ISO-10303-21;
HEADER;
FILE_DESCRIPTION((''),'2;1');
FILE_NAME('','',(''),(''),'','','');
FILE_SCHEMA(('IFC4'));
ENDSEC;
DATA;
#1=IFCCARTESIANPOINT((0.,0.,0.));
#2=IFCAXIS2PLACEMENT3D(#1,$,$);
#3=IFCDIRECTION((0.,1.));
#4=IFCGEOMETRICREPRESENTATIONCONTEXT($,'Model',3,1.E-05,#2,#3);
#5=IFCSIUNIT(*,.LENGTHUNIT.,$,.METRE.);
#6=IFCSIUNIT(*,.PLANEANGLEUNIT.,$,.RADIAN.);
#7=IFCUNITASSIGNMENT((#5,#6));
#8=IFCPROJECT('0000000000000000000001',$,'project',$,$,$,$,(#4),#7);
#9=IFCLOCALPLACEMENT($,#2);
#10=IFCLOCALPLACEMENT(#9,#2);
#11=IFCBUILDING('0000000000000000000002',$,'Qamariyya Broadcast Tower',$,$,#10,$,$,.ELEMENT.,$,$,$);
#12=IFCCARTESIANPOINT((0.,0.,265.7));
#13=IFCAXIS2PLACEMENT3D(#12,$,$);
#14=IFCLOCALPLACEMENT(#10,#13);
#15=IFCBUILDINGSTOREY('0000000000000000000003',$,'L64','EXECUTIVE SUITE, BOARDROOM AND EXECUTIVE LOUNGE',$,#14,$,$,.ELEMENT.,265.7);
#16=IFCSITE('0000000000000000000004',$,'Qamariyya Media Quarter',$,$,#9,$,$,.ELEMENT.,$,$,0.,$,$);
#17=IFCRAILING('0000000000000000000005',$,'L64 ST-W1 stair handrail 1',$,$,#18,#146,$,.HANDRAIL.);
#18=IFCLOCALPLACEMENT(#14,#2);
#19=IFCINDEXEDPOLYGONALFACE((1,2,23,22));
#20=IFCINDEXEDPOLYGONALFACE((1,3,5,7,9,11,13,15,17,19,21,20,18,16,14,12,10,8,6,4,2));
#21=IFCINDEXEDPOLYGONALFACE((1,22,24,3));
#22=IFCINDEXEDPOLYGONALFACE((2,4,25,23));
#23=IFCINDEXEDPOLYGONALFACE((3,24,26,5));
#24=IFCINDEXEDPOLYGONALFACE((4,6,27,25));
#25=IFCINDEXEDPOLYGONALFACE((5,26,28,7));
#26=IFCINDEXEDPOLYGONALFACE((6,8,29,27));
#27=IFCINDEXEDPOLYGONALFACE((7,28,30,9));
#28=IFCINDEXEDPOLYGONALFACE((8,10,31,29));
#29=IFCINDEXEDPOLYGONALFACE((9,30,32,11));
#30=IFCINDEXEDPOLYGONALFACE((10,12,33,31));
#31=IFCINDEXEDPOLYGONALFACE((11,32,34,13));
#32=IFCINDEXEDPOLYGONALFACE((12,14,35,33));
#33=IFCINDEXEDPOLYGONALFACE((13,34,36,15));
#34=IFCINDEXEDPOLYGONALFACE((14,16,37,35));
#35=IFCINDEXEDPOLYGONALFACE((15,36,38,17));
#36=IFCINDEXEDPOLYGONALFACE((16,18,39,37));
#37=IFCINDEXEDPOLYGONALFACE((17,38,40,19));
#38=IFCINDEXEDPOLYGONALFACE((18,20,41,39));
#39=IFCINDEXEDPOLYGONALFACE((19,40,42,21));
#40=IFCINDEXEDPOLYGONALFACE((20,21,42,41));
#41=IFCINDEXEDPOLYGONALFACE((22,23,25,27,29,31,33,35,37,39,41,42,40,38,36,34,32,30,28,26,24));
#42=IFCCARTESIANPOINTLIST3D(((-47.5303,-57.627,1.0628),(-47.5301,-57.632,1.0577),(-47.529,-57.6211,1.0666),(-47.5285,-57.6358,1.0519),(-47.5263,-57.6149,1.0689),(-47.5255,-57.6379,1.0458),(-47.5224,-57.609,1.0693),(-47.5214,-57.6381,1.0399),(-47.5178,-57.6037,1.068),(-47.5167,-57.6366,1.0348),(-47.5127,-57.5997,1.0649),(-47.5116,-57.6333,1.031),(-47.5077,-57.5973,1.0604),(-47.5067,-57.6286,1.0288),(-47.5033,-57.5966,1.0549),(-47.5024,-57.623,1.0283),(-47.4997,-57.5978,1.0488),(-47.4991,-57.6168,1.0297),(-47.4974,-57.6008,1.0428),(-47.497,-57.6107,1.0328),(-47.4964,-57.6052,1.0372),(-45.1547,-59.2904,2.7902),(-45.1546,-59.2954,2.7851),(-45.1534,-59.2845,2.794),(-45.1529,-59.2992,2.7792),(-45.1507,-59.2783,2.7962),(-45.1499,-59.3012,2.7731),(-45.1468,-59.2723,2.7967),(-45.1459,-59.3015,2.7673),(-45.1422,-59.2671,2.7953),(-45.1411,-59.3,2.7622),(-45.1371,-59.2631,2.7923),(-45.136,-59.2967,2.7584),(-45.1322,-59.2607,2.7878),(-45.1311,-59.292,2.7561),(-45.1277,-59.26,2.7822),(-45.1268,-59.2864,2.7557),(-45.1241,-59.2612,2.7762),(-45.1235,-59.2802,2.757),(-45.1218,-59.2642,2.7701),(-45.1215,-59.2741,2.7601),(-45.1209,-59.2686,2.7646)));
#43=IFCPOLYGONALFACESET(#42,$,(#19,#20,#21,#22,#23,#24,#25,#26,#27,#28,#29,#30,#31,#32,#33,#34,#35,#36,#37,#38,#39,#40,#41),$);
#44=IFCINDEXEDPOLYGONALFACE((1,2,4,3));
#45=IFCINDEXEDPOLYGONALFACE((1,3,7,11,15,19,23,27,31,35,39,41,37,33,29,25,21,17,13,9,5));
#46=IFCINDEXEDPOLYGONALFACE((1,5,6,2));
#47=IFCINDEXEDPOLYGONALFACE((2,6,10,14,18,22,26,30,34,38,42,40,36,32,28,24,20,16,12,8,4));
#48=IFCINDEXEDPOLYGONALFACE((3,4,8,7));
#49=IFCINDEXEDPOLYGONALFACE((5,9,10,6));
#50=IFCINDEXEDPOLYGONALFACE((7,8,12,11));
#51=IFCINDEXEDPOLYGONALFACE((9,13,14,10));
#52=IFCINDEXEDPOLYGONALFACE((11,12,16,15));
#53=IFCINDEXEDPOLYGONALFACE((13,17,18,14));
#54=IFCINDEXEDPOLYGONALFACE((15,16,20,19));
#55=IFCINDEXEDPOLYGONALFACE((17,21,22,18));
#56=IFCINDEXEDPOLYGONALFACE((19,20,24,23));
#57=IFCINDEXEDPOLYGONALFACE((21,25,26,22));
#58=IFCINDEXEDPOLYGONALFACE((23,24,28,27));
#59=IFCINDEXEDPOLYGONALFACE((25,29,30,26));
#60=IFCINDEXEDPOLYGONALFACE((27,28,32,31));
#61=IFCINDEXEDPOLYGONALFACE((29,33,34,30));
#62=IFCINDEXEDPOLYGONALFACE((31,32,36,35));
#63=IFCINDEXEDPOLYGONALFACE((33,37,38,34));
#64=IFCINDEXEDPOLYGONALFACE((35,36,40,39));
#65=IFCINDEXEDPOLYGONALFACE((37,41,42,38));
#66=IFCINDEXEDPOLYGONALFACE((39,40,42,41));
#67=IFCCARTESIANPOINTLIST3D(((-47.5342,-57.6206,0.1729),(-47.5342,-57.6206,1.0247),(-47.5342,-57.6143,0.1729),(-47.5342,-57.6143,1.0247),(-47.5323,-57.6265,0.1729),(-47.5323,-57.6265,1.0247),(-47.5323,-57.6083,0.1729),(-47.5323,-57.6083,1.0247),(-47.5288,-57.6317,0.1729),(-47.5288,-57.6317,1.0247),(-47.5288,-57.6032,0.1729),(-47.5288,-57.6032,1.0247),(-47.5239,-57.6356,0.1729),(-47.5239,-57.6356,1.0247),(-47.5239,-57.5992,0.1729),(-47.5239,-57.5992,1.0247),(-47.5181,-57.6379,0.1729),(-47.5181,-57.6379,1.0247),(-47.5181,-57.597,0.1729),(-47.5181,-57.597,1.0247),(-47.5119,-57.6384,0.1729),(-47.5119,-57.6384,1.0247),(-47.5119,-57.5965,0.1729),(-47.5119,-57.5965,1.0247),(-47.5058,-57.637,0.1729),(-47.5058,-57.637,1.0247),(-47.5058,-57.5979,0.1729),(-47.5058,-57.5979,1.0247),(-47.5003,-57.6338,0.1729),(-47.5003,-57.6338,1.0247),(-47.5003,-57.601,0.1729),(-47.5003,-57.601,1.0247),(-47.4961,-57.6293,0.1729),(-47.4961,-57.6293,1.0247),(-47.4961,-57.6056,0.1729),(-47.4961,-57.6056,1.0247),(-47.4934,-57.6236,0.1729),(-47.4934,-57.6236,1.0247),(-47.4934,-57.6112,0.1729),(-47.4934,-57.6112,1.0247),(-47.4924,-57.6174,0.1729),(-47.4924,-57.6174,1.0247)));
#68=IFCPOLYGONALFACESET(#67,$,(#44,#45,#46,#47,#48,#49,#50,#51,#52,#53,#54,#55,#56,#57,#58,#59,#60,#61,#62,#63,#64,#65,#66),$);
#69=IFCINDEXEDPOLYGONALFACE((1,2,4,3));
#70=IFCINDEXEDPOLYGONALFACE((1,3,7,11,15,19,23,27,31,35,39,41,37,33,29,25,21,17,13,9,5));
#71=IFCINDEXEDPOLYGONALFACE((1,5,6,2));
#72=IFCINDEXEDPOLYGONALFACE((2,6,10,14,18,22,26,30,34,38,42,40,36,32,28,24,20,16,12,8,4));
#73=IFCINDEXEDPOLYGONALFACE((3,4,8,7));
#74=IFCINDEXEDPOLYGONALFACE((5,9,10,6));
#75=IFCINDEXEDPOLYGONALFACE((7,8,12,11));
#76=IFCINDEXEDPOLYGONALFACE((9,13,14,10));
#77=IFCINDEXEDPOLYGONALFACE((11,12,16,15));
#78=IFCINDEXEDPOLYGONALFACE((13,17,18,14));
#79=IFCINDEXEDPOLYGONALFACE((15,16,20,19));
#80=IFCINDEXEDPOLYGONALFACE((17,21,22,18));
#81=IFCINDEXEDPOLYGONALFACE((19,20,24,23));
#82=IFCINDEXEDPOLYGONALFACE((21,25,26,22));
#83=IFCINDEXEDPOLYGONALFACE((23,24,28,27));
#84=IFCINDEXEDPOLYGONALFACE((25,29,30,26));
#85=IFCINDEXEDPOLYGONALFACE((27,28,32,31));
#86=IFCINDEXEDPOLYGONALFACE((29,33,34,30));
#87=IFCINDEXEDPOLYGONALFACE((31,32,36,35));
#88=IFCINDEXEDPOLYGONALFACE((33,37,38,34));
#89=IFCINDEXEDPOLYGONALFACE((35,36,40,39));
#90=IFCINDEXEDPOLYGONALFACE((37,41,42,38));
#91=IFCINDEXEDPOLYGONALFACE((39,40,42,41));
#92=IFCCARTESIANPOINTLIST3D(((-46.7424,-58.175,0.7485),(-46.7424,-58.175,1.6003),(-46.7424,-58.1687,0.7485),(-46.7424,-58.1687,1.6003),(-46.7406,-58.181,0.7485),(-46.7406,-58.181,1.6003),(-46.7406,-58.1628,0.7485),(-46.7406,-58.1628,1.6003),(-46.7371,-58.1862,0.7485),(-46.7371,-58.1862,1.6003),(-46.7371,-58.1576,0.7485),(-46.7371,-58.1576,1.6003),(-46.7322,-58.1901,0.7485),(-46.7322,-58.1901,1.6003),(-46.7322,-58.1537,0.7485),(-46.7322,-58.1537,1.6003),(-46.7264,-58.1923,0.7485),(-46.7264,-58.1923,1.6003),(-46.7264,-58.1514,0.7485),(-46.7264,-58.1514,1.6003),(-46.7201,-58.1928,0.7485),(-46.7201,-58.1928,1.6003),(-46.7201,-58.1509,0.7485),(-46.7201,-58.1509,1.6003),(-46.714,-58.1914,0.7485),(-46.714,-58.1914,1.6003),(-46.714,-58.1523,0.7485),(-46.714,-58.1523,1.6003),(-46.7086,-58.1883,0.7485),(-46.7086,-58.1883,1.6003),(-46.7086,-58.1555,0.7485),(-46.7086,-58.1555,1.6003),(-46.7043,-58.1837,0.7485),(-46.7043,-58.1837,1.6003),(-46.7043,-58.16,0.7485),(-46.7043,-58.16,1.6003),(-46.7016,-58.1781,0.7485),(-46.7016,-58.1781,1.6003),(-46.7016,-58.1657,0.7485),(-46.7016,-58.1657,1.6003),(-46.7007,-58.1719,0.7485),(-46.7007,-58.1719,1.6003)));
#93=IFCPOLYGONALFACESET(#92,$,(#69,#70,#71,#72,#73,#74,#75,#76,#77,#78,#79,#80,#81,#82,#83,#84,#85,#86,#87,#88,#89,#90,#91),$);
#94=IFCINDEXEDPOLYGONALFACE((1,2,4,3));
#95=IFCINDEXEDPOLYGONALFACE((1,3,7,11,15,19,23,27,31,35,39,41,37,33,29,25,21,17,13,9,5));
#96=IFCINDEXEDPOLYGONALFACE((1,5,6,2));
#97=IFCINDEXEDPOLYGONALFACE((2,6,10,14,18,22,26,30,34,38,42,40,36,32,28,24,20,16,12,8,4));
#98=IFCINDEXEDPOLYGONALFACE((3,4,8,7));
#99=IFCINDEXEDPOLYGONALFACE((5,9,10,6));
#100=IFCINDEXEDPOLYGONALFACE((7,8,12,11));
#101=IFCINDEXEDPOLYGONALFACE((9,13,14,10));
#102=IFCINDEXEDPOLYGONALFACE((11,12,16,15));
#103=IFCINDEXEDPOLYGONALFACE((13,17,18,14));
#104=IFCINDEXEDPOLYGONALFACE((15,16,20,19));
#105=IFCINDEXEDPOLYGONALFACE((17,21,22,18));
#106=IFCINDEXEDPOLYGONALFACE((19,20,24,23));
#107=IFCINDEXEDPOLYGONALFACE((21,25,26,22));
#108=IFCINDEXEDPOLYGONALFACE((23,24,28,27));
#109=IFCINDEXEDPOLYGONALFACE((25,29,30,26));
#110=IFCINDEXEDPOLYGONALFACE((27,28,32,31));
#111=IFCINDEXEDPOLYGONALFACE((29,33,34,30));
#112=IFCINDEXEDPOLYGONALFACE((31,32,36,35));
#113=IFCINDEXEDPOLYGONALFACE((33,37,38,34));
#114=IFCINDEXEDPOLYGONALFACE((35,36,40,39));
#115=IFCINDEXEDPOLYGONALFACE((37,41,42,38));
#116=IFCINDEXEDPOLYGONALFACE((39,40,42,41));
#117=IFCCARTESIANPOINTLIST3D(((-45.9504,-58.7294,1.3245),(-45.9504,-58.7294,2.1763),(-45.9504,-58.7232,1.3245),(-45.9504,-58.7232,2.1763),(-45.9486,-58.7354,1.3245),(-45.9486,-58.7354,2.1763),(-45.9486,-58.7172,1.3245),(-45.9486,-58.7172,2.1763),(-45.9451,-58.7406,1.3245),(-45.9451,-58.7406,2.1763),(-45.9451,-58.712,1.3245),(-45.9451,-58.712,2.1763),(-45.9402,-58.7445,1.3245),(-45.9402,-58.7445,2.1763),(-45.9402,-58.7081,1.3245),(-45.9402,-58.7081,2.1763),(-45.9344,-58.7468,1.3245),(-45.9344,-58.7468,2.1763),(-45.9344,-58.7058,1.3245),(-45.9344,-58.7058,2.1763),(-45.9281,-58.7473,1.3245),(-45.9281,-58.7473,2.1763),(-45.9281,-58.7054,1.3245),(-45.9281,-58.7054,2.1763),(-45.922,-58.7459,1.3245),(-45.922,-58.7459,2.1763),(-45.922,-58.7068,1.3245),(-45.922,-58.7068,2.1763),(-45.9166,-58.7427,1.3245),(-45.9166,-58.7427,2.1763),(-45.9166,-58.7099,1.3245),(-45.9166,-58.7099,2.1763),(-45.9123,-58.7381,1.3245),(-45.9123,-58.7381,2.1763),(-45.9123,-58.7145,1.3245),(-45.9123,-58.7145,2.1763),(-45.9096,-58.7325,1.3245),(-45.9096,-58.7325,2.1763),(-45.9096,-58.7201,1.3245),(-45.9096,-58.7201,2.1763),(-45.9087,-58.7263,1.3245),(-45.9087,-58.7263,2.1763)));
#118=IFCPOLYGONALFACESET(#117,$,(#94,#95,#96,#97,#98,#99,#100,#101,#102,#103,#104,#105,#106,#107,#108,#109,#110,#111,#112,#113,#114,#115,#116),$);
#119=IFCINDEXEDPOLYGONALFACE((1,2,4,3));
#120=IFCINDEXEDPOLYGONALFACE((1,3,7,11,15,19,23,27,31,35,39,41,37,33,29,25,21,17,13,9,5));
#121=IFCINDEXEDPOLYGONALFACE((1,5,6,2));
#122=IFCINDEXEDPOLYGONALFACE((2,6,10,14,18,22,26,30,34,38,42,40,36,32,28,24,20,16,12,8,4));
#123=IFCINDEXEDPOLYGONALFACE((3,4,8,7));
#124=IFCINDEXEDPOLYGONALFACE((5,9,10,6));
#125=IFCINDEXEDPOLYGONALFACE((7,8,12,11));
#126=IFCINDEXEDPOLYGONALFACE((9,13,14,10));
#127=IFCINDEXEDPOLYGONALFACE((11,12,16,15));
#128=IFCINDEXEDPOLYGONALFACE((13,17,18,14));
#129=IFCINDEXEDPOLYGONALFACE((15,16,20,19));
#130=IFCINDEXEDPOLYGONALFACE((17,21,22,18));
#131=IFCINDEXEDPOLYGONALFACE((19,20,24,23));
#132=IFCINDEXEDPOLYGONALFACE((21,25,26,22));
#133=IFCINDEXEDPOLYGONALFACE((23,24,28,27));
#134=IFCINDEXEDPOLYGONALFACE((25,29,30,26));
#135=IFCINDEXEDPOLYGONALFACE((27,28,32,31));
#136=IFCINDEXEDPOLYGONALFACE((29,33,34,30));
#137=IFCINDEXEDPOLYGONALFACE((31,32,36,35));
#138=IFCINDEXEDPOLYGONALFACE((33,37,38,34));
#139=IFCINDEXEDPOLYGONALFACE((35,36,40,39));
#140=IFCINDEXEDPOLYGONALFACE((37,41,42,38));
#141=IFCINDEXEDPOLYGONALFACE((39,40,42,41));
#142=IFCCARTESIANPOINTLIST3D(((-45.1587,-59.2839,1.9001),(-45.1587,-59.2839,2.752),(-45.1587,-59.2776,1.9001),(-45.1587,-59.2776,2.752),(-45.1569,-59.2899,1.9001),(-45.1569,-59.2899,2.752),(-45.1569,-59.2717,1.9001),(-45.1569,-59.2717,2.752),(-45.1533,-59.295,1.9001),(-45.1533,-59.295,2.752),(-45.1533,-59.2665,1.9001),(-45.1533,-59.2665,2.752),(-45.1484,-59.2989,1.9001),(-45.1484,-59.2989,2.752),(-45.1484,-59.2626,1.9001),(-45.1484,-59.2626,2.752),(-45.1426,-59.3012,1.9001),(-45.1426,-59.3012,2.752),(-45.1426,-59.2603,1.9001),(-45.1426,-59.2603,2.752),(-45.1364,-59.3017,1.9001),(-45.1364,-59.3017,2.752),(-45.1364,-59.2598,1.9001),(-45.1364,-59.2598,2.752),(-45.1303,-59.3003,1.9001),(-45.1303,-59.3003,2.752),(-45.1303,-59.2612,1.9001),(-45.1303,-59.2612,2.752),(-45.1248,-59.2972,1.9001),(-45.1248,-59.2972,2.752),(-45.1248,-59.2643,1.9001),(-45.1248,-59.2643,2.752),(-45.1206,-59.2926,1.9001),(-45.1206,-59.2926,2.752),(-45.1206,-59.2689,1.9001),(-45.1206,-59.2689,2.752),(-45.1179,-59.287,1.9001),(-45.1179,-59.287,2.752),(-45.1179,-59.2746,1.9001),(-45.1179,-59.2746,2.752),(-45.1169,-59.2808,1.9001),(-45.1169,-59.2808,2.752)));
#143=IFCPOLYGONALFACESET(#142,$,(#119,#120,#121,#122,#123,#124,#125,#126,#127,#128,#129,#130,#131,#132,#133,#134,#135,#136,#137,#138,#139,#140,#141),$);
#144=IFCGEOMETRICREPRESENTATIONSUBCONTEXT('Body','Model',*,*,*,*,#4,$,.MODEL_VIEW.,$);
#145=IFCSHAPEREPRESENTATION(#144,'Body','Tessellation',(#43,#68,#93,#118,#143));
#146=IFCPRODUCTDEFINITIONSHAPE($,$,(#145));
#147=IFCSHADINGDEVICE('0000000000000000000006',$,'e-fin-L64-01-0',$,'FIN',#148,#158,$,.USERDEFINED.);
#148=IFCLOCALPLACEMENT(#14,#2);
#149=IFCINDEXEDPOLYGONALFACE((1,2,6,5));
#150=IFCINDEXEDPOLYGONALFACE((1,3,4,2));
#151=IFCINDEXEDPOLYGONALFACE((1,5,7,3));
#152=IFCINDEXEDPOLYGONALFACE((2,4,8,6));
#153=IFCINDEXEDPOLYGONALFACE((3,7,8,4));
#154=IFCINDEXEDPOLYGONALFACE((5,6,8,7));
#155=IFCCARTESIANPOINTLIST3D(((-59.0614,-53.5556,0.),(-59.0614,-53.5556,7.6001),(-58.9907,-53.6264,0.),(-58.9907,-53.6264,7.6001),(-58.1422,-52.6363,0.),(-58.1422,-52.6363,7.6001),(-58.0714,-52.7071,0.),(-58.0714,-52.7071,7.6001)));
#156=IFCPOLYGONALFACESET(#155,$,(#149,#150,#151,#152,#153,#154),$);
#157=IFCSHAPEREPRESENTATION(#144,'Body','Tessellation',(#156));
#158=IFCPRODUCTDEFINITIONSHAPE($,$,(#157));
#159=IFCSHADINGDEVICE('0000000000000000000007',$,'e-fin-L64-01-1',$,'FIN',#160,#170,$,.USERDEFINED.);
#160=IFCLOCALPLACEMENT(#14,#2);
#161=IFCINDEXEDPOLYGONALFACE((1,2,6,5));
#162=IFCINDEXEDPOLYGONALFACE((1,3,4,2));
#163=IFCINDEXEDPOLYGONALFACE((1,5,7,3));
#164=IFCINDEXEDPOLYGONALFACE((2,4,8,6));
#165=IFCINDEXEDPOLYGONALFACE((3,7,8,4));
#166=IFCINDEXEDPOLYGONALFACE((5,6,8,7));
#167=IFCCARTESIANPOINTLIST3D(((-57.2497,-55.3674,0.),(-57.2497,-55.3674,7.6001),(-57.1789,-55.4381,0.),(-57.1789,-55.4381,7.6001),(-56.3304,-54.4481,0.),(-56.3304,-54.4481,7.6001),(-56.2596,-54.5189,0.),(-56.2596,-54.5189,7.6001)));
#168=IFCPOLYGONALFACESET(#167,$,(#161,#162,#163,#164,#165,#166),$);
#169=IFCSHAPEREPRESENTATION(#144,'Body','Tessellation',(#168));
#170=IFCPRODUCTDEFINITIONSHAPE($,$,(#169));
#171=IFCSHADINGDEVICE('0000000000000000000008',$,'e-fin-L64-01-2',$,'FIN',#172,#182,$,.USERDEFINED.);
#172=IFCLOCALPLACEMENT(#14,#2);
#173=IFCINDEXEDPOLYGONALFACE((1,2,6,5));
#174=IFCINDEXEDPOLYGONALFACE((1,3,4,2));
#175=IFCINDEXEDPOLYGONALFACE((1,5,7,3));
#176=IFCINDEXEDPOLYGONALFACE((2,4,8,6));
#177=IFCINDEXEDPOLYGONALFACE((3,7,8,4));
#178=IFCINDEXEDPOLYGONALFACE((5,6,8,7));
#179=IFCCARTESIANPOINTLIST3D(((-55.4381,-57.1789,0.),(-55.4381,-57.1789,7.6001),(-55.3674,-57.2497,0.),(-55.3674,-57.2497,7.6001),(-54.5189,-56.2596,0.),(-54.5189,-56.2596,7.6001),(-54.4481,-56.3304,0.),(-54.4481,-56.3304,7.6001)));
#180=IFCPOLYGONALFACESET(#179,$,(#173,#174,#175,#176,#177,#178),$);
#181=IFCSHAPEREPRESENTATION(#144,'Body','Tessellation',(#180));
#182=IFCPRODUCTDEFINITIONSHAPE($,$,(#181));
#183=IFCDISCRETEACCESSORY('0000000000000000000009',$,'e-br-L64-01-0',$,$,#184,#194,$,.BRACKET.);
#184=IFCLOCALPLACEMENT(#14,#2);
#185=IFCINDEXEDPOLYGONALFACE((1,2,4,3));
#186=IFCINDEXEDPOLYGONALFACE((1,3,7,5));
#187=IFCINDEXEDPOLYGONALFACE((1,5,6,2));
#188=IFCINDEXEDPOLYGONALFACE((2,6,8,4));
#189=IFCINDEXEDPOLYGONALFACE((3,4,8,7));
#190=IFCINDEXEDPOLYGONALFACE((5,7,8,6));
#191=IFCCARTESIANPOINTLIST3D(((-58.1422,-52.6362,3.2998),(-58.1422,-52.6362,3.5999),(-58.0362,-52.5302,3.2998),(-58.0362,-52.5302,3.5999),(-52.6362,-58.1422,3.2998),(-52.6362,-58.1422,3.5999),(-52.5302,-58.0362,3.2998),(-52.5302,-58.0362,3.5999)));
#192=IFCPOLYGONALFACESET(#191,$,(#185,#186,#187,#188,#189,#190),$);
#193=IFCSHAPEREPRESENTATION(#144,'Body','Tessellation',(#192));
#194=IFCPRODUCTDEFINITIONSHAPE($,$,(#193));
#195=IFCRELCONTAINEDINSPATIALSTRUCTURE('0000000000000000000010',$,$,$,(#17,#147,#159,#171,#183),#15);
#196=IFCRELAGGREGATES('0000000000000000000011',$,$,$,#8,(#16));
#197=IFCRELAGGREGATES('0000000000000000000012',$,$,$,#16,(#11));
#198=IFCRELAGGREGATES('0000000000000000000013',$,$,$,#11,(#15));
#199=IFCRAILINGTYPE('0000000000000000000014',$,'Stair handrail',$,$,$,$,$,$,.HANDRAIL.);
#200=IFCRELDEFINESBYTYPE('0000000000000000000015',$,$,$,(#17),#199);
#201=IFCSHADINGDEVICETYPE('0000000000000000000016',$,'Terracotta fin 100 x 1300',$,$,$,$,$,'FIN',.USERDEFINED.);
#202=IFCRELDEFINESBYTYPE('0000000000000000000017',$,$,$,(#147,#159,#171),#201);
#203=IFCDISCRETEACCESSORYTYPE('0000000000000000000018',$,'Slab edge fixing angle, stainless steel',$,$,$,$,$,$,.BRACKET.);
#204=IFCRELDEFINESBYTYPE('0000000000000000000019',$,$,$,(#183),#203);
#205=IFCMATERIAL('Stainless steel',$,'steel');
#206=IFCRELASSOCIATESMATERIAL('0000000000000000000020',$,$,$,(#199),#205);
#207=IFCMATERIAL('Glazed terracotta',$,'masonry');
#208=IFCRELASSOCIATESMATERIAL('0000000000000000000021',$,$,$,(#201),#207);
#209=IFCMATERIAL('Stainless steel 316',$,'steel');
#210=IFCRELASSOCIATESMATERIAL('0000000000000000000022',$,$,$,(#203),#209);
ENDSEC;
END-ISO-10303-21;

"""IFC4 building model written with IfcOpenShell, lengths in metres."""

from ifc_helpers import new_model, si_unit, direction, frame, origin, origin_2d, place, context, subcontext, project, spatial, rectangle, circle, extrude, material, material_profile, profile_set, type_object, element, save


model = new_model("IFC4")

# Units and contexts
model_context = context("Model", 3, precision=1e-05, world=origin(), true_north=direction((0.0, 1.0)))
body_context = subcontext(model_context, "Body", "Model", "MODEL_VIEW")
ifc_project = project(units=[si_unit("LENGTHUNIT", "METRE"), si_unit("PLANEANGLEUNIT", "RADIAN")], contexts=[model_context])

# Site, building, storey
site_placement = place(None, origin())
site = spatial("IfcSite", under=ifc_project, at=site_placement, Name="Qamariyya Media Quarter", CompositionType="ELEMENT", RefElevation=0.0)
building_placement = place(site_placement, origin())
building = spatial("IfcBuilding", under=site, at=building_placement, Name="Qamariyya Broadcast Tower", CompositionType="ELEMENT")
storey_placement = place(building_placement, frame((0.0, 0.0, 265.7)))
storey = spatial("IfcBuildingStorey", under=building, at=storey_placement, Name="L64", Description="EXECUTIVE SUITE, BOARDROOM AND EXECUTIVE LOUNGE", CompositionType="ELEMENT", Elevation=265.7)

# Railing
ifc_material_1 = material(Name="Stainless steel", Category="steel")
railing_type_1 = type_object("IfcRailingType", Name="Stair handrail", PredefinedType="HANDRAIL", material=ifc_material_1)
railing_1_placement = place(storey_placement, frame((-47.5134, -57.6174, 0.1729)))
element("IfcRailing", 1, at=railing_1_placement, inside=storey, type_object=railing_type_1, Name="L64 ST-W1 stair handrail 1", PredefinedType="HANDRAIL", context=body_context, shape_type="SweptSolid", body=[
    extrude(circle(Radius=0.0239, at=origin_2d()), frame((0.0, 0.0, 0.876), z_axis=(0.70377, -0.492784, 0.511734), x_axis=(0.573575, 0.819153, 0.0)), (0.0, 0.0, 1.0), 3.3755),
    extrude(circle(Radius=0.021, at=origin_2d()), origin(), (0.0, 0.0, 1.0), 0.8518),
    extrude(circle(Radius=0.021, at=origin_2d()), frame((0.7917, -0.5544, 0.5757)), (0.0, 0.0, 1.0), 0.8518),
    extrude(circle(Radius=0.021, at=origin_2d()), frame((1.5837, -1.1089, 1.1516)), (0.0, 0.0, 1.0), 0.8518),
    extrude(circle(Radius=0.021, at=origin_2d()), frame((2.3755, -1.6633, 1.7273)), (0.0, 0.0, 1.0), 0.8518),
])

# Shading devices
ifc_material_2 = material(Name="Glazed terracotta", Category="masonry")
ifc_material_profile_1 = material_profile(ifc_material_2, rectangle(XDim=1.3, YDim=0.1001, at=origin_2d()))
ifc_profile_set_1 = profile_set([ifc_material_profile_1], Name="Glazed terracotta")
shading_device_type = type_object("IfcShadingDeviceType", Name="Terracotta fin 100 x 1300", ElementType="FIN", PredefinedType="USERDEFINED", material=ifc_profile_set_1)
for number, where, z_axis, x_axis, name in (
    (2, (-58.5664, -53.1313, 0.0), (0.0, 0.0, 1.0), (-0.707107, -0.707107, 0.0), "e-fin-L64-01-0"),
    (3, (-56.7546, -54.9431, 0.0), (0.0, 0.0, 1.0), (-0.707107, -0.707107, 0.0), "e-fin-L64-01-1"),
    (4, (-54.9431, -56.7546, 0.0), (0.0, 0.0, 1.0), (-0.707107, -0.707107, 0.0), "e-fin-L64-01-2"),
):
    element("IfcShadingDevice", number, at=place(storey_placement, frame(where, z_axis=z_axis, x_axis=x_axis)), inside=storey, type_object=shading_device_type, Name=name, ObjectType="FIN", PredefinedType="USERDEFINED", context=body_context, shape_type="SweptSolid", body=[
        extrude(rectangle(XDim=1.3, YDim=0.1001, at=origin_2d()), origin(), (0.0, 0.0, 1.0), 7.6001),
    ])

# Discrete accessory
ifc_material_3 = material(Name="Stainless steel 316", Category="steel")
discrete_accessory_type = type_object("IfcDiscreteAccessoryType", Name="Slab edge fixing angle, stainless steel", PredefinedType="BRACKET", material=ifc_material_3)
discrete_accessory_placement = place(storey_placement, frame((-55.3362, -55.3362, 3.2998), z_axis=(0.0, 0.0, 1.0), x_axis=(0.707107, -0.707107, 0.0)))
element("IfcDiscreteAccessory", 5, at=discrete_accessory_placement, inside=storey, type_object=discrete_accessory_type, Name="e-br-L64-01-0", PredefinedType="BRACKET", context=body_context, shape_type="SweptSolid", body=[
    extrude(rectangle(XDim=7.7866, YDim=0.1499, at=origin_2d()), origin(), (0.0, 0.0, 1.0), 0.3),
])

save(model, "model.ifc")
